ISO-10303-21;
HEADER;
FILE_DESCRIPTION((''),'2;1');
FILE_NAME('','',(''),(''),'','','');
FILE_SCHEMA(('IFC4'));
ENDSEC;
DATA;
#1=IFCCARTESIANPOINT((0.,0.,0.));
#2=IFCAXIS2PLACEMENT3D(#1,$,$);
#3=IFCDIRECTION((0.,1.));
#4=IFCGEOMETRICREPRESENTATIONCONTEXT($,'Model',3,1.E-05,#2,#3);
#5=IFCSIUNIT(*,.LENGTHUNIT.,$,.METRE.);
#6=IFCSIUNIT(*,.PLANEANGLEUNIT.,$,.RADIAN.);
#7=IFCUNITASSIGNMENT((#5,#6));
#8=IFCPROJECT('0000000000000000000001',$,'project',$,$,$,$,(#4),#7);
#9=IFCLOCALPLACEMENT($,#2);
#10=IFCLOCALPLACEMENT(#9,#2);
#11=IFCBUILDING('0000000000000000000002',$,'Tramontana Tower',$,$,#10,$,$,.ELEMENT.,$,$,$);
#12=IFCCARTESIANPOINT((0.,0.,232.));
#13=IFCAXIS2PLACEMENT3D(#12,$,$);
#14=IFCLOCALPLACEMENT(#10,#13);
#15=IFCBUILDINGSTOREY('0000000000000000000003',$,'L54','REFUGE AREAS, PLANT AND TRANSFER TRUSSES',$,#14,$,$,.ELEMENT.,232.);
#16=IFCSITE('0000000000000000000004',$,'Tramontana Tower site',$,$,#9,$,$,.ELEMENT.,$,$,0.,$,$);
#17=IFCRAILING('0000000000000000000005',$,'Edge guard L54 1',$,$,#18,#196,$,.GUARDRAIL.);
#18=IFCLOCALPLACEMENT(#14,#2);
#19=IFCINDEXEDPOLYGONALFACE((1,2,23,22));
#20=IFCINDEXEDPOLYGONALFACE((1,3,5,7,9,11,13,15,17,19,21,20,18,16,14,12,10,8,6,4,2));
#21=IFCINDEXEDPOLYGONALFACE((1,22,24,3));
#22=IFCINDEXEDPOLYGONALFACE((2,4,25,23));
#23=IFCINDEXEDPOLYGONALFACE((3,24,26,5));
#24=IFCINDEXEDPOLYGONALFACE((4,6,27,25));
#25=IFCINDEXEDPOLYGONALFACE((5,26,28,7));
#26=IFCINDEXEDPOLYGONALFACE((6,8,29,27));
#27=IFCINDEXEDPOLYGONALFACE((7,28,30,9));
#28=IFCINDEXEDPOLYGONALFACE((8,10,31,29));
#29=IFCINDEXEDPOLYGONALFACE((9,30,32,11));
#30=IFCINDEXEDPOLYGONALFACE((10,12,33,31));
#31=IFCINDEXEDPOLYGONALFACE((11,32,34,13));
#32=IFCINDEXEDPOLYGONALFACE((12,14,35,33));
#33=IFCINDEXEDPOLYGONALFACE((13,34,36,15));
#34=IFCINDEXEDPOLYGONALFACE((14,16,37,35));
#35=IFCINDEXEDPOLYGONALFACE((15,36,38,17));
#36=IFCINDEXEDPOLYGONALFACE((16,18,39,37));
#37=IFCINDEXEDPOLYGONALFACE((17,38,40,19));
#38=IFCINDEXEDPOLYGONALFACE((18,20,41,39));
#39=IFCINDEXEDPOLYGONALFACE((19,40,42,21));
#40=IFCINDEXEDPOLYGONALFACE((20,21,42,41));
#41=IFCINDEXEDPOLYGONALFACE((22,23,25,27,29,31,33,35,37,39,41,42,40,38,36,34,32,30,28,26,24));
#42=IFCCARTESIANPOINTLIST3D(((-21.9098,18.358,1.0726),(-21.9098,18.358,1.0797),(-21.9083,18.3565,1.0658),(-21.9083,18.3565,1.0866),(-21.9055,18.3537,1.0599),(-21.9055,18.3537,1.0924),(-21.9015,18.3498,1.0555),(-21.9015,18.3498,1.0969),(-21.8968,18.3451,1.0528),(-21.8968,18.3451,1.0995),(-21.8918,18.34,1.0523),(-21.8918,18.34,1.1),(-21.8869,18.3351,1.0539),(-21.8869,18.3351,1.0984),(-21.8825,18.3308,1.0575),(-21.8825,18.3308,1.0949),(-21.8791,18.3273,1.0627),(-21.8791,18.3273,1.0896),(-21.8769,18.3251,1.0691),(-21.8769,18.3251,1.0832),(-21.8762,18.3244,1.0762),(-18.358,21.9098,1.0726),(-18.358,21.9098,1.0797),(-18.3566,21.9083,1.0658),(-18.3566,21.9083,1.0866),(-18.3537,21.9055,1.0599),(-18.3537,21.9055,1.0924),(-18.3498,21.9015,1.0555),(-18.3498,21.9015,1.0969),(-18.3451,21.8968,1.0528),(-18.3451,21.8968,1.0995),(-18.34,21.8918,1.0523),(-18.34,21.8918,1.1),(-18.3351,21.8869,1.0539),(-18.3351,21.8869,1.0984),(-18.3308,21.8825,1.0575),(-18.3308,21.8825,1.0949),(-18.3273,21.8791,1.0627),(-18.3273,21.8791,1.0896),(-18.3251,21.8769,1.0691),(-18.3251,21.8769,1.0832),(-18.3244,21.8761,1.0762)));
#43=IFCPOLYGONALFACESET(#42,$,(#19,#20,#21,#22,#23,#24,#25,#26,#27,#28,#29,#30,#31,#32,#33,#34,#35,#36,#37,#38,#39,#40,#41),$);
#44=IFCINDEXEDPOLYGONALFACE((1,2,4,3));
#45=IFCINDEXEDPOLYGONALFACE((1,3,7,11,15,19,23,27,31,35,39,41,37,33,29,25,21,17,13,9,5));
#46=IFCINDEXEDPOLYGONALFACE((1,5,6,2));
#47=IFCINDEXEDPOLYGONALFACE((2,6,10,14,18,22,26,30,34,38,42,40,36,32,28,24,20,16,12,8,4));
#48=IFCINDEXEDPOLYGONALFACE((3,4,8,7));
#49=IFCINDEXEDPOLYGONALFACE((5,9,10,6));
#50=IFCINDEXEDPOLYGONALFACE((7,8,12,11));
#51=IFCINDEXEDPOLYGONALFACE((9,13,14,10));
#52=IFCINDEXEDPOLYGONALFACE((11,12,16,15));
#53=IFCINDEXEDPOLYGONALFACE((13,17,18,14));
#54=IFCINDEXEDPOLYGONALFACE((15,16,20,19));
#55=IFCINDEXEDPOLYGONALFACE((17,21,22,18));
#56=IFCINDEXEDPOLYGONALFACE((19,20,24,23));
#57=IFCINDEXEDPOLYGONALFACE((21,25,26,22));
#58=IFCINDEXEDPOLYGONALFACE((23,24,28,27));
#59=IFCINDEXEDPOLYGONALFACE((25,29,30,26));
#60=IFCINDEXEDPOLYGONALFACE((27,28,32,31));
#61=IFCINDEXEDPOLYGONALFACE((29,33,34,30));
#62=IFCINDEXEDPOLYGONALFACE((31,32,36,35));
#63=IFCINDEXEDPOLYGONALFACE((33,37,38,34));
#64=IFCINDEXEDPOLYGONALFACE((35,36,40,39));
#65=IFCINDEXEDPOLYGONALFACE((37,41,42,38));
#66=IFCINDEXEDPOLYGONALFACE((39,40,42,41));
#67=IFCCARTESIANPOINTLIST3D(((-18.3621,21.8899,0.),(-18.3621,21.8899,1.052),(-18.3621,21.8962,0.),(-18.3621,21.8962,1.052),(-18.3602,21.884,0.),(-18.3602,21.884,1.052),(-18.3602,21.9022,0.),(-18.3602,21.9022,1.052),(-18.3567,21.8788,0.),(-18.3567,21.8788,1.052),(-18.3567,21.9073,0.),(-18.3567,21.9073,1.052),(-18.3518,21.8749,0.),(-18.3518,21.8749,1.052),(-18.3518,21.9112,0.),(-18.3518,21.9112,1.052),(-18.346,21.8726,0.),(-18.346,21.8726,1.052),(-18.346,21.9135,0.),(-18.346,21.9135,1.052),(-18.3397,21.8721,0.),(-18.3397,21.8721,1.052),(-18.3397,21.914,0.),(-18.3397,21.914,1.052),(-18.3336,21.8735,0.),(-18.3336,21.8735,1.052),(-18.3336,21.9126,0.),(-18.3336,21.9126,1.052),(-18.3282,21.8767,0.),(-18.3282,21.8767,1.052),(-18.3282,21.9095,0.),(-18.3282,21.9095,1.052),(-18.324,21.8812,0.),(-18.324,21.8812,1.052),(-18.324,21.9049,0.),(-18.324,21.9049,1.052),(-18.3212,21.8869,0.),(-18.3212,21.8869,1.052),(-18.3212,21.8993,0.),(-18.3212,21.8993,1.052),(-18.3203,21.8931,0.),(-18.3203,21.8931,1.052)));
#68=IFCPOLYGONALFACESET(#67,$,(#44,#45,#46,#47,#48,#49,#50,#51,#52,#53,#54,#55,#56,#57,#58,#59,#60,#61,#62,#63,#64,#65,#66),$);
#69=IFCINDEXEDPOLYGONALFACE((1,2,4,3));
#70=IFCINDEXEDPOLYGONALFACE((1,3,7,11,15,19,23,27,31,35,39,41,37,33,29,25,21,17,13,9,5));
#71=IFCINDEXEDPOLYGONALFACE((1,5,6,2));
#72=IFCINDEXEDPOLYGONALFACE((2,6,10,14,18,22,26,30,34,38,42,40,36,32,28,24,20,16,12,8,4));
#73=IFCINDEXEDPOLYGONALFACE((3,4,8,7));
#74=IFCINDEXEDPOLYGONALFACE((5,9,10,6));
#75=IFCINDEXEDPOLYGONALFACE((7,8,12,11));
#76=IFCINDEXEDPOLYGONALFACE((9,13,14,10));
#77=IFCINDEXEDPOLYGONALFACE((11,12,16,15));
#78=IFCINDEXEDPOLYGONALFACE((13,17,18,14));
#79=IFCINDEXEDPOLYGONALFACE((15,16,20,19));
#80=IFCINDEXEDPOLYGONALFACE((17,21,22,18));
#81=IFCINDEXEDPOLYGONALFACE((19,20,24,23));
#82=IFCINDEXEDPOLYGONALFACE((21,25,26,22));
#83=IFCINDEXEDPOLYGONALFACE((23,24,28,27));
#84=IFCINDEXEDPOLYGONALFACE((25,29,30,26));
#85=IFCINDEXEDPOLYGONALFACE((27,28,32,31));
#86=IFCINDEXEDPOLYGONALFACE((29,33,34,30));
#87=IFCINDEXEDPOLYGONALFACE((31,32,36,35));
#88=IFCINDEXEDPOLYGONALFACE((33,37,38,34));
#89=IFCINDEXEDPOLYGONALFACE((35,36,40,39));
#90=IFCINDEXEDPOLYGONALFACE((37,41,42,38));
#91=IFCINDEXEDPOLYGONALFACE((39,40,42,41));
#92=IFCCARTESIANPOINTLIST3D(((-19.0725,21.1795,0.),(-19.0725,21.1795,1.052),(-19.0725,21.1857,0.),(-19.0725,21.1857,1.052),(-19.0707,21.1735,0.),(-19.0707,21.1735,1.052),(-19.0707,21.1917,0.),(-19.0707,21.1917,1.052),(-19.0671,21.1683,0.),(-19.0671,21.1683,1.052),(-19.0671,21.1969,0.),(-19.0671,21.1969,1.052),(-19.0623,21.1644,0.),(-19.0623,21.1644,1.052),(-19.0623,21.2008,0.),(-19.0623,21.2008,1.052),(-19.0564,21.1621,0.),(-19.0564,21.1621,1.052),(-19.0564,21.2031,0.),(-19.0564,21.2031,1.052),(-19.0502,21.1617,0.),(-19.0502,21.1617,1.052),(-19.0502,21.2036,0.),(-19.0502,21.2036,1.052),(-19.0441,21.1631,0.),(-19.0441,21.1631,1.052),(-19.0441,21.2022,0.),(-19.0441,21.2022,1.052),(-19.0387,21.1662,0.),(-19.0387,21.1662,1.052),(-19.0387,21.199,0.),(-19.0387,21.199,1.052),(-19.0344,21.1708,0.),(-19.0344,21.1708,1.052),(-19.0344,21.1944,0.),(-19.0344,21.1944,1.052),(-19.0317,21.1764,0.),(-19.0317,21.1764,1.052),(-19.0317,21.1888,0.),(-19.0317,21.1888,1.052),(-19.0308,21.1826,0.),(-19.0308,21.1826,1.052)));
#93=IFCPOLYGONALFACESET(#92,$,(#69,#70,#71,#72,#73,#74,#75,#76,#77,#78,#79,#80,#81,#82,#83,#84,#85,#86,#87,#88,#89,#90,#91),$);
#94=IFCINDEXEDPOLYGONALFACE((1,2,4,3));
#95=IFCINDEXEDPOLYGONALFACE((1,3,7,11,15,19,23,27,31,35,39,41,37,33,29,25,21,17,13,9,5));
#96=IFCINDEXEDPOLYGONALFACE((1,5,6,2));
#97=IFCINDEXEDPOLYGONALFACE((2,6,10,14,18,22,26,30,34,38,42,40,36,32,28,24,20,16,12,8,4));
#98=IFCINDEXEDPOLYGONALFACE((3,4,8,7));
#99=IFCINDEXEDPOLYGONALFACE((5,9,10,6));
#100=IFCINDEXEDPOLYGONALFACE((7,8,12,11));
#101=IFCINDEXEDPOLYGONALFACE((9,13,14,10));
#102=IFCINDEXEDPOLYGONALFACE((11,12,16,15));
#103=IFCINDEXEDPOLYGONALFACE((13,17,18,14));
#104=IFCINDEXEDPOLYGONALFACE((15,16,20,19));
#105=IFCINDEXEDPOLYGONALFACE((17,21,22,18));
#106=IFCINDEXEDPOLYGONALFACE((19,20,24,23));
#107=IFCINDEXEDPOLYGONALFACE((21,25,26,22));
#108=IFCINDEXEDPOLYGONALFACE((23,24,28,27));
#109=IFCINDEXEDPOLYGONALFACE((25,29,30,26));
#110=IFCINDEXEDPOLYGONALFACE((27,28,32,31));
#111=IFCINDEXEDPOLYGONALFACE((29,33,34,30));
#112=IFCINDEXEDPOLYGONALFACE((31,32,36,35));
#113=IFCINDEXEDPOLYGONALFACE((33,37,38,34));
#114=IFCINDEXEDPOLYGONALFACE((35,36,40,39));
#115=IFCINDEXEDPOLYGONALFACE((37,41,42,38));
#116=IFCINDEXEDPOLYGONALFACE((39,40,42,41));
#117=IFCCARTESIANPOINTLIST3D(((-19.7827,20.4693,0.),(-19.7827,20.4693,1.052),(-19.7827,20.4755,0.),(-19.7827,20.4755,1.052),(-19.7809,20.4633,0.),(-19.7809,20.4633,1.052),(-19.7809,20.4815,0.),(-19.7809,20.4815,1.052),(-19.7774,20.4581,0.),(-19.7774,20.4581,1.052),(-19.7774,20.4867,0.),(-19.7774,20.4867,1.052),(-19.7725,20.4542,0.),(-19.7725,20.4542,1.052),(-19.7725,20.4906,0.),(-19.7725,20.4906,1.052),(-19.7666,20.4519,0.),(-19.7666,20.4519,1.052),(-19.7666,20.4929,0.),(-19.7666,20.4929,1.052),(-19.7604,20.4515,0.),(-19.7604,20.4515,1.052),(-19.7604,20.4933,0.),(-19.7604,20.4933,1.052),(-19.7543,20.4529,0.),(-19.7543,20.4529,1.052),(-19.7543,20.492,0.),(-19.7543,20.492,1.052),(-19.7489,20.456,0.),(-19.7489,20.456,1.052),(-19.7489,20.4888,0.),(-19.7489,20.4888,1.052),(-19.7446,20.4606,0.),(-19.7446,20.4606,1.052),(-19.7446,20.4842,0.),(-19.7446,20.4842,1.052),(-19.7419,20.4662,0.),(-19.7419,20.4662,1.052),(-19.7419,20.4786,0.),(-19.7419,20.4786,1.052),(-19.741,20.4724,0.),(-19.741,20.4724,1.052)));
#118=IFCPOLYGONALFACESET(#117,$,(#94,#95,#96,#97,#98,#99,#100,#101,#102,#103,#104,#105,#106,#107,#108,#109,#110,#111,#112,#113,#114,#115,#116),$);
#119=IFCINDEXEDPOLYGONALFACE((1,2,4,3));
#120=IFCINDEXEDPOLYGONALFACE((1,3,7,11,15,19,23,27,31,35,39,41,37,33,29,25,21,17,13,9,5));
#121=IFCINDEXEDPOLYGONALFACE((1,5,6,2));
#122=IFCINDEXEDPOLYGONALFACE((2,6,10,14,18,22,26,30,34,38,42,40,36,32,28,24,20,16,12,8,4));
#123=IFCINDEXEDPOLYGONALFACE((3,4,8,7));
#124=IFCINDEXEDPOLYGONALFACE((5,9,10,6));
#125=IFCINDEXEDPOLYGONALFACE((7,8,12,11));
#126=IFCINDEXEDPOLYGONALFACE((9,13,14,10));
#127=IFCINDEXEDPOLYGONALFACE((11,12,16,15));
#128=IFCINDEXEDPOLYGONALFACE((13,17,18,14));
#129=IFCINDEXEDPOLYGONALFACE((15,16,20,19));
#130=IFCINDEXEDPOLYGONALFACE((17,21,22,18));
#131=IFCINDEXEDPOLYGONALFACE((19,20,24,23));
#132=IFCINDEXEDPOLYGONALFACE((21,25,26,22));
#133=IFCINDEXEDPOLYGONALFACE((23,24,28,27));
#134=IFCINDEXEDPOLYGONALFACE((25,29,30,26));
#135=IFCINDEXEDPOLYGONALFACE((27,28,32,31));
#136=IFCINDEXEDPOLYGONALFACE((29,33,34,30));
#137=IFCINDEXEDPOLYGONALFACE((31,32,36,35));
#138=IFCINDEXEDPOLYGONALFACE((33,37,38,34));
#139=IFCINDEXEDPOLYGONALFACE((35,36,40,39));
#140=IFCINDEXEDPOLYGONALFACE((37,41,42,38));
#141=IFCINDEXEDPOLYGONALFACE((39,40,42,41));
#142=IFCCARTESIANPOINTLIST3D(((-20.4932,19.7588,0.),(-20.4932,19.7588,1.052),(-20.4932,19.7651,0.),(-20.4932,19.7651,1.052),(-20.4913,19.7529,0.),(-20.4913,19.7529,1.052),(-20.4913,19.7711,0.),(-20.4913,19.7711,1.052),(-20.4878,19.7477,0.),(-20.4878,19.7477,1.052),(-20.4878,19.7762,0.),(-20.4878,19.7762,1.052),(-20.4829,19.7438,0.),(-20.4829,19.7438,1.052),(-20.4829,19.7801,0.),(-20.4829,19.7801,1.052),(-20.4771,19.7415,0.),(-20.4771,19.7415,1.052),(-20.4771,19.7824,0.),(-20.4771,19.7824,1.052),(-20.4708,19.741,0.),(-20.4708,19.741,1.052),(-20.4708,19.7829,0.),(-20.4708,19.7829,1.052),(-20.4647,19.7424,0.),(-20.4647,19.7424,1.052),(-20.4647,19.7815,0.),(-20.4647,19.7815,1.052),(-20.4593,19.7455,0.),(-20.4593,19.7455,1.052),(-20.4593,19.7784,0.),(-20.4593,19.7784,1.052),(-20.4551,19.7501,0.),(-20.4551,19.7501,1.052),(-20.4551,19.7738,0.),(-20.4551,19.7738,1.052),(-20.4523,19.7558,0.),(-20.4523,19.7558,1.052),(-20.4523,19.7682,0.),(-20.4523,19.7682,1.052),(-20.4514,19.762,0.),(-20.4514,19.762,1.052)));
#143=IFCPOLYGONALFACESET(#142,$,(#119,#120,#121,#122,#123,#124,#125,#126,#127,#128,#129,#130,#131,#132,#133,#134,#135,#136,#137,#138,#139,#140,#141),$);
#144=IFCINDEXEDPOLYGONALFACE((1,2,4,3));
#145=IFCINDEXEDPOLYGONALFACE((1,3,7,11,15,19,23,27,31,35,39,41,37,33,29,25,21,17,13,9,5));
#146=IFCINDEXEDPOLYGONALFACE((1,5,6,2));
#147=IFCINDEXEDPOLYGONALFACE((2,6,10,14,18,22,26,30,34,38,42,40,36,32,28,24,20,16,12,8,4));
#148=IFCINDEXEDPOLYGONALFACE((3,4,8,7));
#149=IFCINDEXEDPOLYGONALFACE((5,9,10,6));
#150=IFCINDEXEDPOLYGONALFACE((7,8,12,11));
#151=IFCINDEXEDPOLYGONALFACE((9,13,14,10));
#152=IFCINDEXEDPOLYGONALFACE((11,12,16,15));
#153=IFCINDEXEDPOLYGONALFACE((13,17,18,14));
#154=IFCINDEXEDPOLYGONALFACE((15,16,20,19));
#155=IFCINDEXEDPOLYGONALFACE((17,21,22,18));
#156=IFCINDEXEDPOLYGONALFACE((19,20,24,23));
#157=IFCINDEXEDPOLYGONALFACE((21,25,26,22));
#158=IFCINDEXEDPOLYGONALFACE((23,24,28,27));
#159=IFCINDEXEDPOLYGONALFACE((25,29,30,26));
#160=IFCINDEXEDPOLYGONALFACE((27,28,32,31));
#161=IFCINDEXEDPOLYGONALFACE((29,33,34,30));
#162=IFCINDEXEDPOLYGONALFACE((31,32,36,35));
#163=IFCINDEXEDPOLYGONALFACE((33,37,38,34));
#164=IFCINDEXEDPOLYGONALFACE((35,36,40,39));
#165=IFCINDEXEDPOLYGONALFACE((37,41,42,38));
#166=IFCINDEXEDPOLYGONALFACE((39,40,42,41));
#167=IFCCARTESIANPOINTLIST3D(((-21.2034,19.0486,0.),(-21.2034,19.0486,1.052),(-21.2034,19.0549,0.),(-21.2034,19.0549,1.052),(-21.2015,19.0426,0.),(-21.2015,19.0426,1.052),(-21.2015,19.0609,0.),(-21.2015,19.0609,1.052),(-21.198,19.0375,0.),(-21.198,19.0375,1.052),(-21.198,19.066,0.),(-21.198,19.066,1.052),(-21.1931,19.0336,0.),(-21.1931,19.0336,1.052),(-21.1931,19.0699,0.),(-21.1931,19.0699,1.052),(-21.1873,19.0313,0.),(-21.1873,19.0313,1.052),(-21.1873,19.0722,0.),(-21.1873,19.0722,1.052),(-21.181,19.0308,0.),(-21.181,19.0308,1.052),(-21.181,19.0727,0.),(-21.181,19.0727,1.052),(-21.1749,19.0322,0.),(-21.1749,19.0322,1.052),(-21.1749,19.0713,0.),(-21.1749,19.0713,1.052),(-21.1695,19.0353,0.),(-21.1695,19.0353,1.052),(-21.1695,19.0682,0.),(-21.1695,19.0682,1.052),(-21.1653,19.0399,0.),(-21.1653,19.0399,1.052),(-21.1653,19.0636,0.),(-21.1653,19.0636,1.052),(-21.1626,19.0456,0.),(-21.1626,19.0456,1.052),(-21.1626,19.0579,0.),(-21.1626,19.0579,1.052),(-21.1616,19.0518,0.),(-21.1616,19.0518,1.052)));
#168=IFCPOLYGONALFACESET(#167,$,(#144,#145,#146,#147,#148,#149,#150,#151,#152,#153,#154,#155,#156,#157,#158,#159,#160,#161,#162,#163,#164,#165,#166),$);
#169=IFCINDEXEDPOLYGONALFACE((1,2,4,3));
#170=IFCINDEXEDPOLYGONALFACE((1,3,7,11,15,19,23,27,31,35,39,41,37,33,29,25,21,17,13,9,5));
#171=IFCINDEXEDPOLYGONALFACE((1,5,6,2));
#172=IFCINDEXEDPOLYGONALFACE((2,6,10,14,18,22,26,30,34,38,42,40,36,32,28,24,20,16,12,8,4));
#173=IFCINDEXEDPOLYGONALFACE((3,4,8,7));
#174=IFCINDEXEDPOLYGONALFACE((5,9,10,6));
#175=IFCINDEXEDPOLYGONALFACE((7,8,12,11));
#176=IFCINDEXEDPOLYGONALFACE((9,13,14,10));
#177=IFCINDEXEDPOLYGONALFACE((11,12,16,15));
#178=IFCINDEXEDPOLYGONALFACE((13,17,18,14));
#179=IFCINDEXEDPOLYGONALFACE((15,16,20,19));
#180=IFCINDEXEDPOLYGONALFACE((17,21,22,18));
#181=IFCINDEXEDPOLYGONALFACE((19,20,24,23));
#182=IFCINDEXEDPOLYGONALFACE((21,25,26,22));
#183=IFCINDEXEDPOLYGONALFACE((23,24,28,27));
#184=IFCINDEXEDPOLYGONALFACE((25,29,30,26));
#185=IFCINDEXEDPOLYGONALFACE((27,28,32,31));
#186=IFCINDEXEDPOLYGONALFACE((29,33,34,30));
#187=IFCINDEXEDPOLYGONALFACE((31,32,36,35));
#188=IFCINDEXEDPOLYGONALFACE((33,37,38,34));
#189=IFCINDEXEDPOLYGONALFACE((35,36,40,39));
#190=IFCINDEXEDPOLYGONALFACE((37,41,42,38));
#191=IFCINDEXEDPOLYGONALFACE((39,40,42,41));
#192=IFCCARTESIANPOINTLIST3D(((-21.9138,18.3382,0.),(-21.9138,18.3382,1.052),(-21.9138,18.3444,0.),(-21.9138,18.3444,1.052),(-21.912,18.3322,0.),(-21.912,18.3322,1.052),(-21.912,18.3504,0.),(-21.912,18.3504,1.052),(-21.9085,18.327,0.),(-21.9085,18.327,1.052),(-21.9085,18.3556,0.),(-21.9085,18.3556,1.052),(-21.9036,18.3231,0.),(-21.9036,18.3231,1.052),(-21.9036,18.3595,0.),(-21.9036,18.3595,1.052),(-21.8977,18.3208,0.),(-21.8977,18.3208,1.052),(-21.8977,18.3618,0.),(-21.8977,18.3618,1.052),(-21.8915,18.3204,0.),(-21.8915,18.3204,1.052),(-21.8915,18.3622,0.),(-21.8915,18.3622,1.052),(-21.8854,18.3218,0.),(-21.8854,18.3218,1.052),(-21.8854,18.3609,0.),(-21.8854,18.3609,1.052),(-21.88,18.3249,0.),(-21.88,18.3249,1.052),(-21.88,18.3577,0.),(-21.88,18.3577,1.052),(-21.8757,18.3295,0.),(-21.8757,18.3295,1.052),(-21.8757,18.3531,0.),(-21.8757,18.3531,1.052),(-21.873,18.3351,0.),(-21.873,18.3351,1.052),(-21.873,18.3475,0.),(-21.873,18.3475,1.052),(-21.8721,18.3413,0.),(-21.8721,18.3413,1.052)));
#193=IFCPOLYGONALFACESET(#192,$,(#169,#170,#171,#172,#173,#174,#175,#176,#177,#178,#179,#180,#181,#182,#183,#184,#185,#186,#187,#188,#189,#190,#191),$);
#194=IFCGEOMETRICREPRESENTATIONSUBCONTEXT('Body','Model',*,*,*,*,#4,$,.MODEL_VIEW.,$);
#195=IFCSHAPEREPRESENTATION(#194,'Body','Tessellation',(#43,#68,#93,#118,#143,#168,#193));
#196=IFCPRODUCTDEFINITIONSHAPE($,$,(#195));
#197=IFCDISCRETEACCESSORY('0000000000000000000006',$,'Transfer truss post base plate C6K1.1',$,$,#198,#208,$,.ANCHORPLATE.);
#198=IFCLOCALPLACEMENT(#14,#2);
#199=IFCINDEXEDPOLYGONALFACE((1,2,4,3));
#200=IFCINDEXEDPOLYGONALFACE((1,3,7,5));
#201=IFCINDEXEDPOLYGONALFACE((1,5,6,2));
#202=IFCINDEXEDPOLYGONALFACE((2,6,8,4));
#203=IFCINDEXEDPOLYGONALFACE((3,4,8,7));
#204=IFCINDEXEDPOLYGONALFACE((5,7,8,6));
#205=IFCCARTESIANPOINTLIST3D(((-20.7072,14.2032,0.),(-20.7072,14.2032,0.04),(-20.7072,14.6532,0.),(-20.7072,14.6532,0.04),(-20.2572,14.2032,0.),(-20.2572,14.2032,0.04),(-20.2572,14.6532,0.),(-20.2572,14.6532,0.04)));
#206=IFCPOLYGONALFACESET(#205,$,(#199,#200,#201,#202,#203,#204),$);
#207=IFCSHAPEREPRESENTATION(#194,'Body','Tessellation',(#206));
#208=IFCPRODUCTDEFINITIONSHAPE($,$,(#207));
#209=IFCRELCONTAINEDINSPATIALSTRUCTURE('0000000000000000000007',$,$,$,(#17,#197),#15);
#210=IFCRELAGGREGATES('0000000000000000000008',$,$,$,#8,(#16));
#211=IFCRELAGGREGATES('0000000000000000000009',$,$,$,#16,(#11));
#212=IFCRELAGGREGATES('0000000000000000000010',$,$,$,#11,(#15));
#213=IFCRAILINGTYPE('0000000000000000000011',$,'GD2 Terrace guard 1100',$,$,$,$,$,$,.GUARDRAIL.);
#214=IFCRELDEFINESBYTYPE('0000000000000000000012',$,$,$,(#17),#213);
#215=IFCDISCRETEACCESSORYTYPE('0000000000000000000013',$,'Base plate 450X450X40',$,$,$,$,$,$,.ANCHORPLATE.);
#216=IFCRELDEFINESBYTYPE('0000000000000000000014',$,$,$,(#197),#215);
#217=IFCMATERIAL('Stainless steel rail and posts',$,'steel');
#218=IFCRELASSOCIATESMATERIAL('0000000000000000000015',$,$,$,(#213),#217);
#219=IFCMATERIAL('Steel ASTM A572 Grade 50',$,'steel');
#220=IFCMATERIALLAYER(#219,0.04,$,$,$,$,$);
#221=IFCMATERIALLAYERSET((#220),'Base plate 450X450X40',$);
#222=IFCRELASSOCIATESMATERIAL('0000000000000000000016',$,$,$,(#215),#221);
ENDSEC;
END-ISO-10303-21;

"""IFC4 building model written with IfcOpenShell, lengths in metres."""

from ifc_helpers import new_model, si_unit, direction, frame, origin, origin_2d, place, context, subcontext, project, spatial, rectangle, circle, extrude, material, layer, layer_set, type_object, element, save


model = new_model("IFC4")

# Units and contexts
model_context = context("Model", 3, precision=1e-05, world=origin(), true_north=direction((0.0, 1.0)))
body_context = subcontext(model_context, "Body", "Model", "MODEL_VIEW")
ifc_project = project(units=[si_unit("LENGTHUNIT", "METRE"), si_unit("PLANEANGLEUNIT", "RADIAN")], contexts=[model_context])

# Site, building, storey
site_placement = place(None, origin())
site = spatial("IfcSite", under=ifc_project, at=site_placement, Name="Tramontana Tower site", CompositionType="ELEMENT", RefElevation=0.0)
building_placement = place(site_placement, origin())
building = spatial("IfcBuilding", under=site, at=building_placement, Name="Tramontana Tower", CompositionType="ELEMENT")
storey_placement = place(building_placement, frame((0.0, 0.0, 232.0)))
storey = spatial("IfcBuildingStorey", under=building, at=storey_placement, Name="L54", Description="REFUGE AREAS, PLANT AND TRANSFER TRUSSES", CompositionType="ELEMENT", Elevation=232.0)

# Railing
ifc_material_1 = material(Name="Stainless steel rail and posts", Category="steel")
railing_type = type_object("IfcRailingType", Name="GD2 Terrace guard 1100", PredefinedType="GUARDRAIL", material=ifc_material_1)
railing_1_placement = place(storey_placement, frame((-18.3413, 21.8931, 0.0)))
element("IfcRailing", 1, at=railing_1_placement, inside=storey, type_object=railing_type, Name="Edge guard L54 1", PredefinedType="GUARDRAIL", context=body_context, shape_type="SweptSolid", body=[
    extrude(circle(Radius=0.0239, at=origin_2d()), frame((0.0, 0.0, 1.0762), z_axis=(-0.707107, -0.707107, 0.0), x_axis=(0.707107, -0.707107, 0.0)), (0.0, 0.0, 1.0), 5.0229),
    extrude(circle(Radius=0.021, at=origin_2d()), origin(), (0.0, 0.0, 1.0), 1.052),
    extrude(circle(Radius=0.021, at=origin_2d()), frame((-0.7104, -0.7104, 0.0)), (0.0, 0.0, 1.0), 1.052),
    extrude(circle(Radius=0.021, at=origin_2d()), frame((-1.4207, -1.4207, 0.0)), (0.0, 0.0, 1.0), 1.052),
    extrude(circle(Radius=0.021, at=origin_2d()), frame((-2.1311, -2.1311, 0.0)), (0.0, 0.0, 1.0), 1.052),
    extrude(circle(Radius=0.021, at=origin_2d()), frame((-2.8413, -2.8413, 0.0)), (0.0, 0.0, 1.0), 1.052),
    extrude(circle(Radius=0.021, at=origin_2d()), frame((-3.5518, -3.5518, 0.0)), (0.0, 0.0, 1.0), 1.052),
])

# Discrete accessory
ifc_material_2 = material(Name="Steel ASTM A572 Grade 50", Category="steel")
ifc_layer_1 = layer(ifc_material_2, 0.04)
ifc_layer_set_1 = layer_set([ifc_layer_1], Name="Base plate 450X450X40")
discrete_accessory_type_1 = type_object("IfcDiscreteAccessoryType", Name="Base plate 450X450X40", PredefinedType="ANCHORPLATE", material=ifc_layer_set_1)
for number, where, z_axis, x_axis, name in (
    (2, (-20.4822, 14.4282, 0.0), (0.0, 0.0, 1.0), (1.0, 0.0, 0.0), "Transfer truss post base plate C6K1.1"),
):
    element("IfcDiscreteAccessory", number, at=place(storey_placement, frame(where, z_axis=z_axis, x_axis=x_axis)), inside=storey, type_object=discrete_accessory_type_1, Name=name, PredefinedType="ANCHORPLATE", context=body_context, shape_type="SweptSolid", body=[
        extrude(rectangle(XDim=0.45, YDim=0.45, at=origin_2d()), origin(), (0.0, 0.0, 1.0), 0.04),
    ])

save(model, "model.ifc")
